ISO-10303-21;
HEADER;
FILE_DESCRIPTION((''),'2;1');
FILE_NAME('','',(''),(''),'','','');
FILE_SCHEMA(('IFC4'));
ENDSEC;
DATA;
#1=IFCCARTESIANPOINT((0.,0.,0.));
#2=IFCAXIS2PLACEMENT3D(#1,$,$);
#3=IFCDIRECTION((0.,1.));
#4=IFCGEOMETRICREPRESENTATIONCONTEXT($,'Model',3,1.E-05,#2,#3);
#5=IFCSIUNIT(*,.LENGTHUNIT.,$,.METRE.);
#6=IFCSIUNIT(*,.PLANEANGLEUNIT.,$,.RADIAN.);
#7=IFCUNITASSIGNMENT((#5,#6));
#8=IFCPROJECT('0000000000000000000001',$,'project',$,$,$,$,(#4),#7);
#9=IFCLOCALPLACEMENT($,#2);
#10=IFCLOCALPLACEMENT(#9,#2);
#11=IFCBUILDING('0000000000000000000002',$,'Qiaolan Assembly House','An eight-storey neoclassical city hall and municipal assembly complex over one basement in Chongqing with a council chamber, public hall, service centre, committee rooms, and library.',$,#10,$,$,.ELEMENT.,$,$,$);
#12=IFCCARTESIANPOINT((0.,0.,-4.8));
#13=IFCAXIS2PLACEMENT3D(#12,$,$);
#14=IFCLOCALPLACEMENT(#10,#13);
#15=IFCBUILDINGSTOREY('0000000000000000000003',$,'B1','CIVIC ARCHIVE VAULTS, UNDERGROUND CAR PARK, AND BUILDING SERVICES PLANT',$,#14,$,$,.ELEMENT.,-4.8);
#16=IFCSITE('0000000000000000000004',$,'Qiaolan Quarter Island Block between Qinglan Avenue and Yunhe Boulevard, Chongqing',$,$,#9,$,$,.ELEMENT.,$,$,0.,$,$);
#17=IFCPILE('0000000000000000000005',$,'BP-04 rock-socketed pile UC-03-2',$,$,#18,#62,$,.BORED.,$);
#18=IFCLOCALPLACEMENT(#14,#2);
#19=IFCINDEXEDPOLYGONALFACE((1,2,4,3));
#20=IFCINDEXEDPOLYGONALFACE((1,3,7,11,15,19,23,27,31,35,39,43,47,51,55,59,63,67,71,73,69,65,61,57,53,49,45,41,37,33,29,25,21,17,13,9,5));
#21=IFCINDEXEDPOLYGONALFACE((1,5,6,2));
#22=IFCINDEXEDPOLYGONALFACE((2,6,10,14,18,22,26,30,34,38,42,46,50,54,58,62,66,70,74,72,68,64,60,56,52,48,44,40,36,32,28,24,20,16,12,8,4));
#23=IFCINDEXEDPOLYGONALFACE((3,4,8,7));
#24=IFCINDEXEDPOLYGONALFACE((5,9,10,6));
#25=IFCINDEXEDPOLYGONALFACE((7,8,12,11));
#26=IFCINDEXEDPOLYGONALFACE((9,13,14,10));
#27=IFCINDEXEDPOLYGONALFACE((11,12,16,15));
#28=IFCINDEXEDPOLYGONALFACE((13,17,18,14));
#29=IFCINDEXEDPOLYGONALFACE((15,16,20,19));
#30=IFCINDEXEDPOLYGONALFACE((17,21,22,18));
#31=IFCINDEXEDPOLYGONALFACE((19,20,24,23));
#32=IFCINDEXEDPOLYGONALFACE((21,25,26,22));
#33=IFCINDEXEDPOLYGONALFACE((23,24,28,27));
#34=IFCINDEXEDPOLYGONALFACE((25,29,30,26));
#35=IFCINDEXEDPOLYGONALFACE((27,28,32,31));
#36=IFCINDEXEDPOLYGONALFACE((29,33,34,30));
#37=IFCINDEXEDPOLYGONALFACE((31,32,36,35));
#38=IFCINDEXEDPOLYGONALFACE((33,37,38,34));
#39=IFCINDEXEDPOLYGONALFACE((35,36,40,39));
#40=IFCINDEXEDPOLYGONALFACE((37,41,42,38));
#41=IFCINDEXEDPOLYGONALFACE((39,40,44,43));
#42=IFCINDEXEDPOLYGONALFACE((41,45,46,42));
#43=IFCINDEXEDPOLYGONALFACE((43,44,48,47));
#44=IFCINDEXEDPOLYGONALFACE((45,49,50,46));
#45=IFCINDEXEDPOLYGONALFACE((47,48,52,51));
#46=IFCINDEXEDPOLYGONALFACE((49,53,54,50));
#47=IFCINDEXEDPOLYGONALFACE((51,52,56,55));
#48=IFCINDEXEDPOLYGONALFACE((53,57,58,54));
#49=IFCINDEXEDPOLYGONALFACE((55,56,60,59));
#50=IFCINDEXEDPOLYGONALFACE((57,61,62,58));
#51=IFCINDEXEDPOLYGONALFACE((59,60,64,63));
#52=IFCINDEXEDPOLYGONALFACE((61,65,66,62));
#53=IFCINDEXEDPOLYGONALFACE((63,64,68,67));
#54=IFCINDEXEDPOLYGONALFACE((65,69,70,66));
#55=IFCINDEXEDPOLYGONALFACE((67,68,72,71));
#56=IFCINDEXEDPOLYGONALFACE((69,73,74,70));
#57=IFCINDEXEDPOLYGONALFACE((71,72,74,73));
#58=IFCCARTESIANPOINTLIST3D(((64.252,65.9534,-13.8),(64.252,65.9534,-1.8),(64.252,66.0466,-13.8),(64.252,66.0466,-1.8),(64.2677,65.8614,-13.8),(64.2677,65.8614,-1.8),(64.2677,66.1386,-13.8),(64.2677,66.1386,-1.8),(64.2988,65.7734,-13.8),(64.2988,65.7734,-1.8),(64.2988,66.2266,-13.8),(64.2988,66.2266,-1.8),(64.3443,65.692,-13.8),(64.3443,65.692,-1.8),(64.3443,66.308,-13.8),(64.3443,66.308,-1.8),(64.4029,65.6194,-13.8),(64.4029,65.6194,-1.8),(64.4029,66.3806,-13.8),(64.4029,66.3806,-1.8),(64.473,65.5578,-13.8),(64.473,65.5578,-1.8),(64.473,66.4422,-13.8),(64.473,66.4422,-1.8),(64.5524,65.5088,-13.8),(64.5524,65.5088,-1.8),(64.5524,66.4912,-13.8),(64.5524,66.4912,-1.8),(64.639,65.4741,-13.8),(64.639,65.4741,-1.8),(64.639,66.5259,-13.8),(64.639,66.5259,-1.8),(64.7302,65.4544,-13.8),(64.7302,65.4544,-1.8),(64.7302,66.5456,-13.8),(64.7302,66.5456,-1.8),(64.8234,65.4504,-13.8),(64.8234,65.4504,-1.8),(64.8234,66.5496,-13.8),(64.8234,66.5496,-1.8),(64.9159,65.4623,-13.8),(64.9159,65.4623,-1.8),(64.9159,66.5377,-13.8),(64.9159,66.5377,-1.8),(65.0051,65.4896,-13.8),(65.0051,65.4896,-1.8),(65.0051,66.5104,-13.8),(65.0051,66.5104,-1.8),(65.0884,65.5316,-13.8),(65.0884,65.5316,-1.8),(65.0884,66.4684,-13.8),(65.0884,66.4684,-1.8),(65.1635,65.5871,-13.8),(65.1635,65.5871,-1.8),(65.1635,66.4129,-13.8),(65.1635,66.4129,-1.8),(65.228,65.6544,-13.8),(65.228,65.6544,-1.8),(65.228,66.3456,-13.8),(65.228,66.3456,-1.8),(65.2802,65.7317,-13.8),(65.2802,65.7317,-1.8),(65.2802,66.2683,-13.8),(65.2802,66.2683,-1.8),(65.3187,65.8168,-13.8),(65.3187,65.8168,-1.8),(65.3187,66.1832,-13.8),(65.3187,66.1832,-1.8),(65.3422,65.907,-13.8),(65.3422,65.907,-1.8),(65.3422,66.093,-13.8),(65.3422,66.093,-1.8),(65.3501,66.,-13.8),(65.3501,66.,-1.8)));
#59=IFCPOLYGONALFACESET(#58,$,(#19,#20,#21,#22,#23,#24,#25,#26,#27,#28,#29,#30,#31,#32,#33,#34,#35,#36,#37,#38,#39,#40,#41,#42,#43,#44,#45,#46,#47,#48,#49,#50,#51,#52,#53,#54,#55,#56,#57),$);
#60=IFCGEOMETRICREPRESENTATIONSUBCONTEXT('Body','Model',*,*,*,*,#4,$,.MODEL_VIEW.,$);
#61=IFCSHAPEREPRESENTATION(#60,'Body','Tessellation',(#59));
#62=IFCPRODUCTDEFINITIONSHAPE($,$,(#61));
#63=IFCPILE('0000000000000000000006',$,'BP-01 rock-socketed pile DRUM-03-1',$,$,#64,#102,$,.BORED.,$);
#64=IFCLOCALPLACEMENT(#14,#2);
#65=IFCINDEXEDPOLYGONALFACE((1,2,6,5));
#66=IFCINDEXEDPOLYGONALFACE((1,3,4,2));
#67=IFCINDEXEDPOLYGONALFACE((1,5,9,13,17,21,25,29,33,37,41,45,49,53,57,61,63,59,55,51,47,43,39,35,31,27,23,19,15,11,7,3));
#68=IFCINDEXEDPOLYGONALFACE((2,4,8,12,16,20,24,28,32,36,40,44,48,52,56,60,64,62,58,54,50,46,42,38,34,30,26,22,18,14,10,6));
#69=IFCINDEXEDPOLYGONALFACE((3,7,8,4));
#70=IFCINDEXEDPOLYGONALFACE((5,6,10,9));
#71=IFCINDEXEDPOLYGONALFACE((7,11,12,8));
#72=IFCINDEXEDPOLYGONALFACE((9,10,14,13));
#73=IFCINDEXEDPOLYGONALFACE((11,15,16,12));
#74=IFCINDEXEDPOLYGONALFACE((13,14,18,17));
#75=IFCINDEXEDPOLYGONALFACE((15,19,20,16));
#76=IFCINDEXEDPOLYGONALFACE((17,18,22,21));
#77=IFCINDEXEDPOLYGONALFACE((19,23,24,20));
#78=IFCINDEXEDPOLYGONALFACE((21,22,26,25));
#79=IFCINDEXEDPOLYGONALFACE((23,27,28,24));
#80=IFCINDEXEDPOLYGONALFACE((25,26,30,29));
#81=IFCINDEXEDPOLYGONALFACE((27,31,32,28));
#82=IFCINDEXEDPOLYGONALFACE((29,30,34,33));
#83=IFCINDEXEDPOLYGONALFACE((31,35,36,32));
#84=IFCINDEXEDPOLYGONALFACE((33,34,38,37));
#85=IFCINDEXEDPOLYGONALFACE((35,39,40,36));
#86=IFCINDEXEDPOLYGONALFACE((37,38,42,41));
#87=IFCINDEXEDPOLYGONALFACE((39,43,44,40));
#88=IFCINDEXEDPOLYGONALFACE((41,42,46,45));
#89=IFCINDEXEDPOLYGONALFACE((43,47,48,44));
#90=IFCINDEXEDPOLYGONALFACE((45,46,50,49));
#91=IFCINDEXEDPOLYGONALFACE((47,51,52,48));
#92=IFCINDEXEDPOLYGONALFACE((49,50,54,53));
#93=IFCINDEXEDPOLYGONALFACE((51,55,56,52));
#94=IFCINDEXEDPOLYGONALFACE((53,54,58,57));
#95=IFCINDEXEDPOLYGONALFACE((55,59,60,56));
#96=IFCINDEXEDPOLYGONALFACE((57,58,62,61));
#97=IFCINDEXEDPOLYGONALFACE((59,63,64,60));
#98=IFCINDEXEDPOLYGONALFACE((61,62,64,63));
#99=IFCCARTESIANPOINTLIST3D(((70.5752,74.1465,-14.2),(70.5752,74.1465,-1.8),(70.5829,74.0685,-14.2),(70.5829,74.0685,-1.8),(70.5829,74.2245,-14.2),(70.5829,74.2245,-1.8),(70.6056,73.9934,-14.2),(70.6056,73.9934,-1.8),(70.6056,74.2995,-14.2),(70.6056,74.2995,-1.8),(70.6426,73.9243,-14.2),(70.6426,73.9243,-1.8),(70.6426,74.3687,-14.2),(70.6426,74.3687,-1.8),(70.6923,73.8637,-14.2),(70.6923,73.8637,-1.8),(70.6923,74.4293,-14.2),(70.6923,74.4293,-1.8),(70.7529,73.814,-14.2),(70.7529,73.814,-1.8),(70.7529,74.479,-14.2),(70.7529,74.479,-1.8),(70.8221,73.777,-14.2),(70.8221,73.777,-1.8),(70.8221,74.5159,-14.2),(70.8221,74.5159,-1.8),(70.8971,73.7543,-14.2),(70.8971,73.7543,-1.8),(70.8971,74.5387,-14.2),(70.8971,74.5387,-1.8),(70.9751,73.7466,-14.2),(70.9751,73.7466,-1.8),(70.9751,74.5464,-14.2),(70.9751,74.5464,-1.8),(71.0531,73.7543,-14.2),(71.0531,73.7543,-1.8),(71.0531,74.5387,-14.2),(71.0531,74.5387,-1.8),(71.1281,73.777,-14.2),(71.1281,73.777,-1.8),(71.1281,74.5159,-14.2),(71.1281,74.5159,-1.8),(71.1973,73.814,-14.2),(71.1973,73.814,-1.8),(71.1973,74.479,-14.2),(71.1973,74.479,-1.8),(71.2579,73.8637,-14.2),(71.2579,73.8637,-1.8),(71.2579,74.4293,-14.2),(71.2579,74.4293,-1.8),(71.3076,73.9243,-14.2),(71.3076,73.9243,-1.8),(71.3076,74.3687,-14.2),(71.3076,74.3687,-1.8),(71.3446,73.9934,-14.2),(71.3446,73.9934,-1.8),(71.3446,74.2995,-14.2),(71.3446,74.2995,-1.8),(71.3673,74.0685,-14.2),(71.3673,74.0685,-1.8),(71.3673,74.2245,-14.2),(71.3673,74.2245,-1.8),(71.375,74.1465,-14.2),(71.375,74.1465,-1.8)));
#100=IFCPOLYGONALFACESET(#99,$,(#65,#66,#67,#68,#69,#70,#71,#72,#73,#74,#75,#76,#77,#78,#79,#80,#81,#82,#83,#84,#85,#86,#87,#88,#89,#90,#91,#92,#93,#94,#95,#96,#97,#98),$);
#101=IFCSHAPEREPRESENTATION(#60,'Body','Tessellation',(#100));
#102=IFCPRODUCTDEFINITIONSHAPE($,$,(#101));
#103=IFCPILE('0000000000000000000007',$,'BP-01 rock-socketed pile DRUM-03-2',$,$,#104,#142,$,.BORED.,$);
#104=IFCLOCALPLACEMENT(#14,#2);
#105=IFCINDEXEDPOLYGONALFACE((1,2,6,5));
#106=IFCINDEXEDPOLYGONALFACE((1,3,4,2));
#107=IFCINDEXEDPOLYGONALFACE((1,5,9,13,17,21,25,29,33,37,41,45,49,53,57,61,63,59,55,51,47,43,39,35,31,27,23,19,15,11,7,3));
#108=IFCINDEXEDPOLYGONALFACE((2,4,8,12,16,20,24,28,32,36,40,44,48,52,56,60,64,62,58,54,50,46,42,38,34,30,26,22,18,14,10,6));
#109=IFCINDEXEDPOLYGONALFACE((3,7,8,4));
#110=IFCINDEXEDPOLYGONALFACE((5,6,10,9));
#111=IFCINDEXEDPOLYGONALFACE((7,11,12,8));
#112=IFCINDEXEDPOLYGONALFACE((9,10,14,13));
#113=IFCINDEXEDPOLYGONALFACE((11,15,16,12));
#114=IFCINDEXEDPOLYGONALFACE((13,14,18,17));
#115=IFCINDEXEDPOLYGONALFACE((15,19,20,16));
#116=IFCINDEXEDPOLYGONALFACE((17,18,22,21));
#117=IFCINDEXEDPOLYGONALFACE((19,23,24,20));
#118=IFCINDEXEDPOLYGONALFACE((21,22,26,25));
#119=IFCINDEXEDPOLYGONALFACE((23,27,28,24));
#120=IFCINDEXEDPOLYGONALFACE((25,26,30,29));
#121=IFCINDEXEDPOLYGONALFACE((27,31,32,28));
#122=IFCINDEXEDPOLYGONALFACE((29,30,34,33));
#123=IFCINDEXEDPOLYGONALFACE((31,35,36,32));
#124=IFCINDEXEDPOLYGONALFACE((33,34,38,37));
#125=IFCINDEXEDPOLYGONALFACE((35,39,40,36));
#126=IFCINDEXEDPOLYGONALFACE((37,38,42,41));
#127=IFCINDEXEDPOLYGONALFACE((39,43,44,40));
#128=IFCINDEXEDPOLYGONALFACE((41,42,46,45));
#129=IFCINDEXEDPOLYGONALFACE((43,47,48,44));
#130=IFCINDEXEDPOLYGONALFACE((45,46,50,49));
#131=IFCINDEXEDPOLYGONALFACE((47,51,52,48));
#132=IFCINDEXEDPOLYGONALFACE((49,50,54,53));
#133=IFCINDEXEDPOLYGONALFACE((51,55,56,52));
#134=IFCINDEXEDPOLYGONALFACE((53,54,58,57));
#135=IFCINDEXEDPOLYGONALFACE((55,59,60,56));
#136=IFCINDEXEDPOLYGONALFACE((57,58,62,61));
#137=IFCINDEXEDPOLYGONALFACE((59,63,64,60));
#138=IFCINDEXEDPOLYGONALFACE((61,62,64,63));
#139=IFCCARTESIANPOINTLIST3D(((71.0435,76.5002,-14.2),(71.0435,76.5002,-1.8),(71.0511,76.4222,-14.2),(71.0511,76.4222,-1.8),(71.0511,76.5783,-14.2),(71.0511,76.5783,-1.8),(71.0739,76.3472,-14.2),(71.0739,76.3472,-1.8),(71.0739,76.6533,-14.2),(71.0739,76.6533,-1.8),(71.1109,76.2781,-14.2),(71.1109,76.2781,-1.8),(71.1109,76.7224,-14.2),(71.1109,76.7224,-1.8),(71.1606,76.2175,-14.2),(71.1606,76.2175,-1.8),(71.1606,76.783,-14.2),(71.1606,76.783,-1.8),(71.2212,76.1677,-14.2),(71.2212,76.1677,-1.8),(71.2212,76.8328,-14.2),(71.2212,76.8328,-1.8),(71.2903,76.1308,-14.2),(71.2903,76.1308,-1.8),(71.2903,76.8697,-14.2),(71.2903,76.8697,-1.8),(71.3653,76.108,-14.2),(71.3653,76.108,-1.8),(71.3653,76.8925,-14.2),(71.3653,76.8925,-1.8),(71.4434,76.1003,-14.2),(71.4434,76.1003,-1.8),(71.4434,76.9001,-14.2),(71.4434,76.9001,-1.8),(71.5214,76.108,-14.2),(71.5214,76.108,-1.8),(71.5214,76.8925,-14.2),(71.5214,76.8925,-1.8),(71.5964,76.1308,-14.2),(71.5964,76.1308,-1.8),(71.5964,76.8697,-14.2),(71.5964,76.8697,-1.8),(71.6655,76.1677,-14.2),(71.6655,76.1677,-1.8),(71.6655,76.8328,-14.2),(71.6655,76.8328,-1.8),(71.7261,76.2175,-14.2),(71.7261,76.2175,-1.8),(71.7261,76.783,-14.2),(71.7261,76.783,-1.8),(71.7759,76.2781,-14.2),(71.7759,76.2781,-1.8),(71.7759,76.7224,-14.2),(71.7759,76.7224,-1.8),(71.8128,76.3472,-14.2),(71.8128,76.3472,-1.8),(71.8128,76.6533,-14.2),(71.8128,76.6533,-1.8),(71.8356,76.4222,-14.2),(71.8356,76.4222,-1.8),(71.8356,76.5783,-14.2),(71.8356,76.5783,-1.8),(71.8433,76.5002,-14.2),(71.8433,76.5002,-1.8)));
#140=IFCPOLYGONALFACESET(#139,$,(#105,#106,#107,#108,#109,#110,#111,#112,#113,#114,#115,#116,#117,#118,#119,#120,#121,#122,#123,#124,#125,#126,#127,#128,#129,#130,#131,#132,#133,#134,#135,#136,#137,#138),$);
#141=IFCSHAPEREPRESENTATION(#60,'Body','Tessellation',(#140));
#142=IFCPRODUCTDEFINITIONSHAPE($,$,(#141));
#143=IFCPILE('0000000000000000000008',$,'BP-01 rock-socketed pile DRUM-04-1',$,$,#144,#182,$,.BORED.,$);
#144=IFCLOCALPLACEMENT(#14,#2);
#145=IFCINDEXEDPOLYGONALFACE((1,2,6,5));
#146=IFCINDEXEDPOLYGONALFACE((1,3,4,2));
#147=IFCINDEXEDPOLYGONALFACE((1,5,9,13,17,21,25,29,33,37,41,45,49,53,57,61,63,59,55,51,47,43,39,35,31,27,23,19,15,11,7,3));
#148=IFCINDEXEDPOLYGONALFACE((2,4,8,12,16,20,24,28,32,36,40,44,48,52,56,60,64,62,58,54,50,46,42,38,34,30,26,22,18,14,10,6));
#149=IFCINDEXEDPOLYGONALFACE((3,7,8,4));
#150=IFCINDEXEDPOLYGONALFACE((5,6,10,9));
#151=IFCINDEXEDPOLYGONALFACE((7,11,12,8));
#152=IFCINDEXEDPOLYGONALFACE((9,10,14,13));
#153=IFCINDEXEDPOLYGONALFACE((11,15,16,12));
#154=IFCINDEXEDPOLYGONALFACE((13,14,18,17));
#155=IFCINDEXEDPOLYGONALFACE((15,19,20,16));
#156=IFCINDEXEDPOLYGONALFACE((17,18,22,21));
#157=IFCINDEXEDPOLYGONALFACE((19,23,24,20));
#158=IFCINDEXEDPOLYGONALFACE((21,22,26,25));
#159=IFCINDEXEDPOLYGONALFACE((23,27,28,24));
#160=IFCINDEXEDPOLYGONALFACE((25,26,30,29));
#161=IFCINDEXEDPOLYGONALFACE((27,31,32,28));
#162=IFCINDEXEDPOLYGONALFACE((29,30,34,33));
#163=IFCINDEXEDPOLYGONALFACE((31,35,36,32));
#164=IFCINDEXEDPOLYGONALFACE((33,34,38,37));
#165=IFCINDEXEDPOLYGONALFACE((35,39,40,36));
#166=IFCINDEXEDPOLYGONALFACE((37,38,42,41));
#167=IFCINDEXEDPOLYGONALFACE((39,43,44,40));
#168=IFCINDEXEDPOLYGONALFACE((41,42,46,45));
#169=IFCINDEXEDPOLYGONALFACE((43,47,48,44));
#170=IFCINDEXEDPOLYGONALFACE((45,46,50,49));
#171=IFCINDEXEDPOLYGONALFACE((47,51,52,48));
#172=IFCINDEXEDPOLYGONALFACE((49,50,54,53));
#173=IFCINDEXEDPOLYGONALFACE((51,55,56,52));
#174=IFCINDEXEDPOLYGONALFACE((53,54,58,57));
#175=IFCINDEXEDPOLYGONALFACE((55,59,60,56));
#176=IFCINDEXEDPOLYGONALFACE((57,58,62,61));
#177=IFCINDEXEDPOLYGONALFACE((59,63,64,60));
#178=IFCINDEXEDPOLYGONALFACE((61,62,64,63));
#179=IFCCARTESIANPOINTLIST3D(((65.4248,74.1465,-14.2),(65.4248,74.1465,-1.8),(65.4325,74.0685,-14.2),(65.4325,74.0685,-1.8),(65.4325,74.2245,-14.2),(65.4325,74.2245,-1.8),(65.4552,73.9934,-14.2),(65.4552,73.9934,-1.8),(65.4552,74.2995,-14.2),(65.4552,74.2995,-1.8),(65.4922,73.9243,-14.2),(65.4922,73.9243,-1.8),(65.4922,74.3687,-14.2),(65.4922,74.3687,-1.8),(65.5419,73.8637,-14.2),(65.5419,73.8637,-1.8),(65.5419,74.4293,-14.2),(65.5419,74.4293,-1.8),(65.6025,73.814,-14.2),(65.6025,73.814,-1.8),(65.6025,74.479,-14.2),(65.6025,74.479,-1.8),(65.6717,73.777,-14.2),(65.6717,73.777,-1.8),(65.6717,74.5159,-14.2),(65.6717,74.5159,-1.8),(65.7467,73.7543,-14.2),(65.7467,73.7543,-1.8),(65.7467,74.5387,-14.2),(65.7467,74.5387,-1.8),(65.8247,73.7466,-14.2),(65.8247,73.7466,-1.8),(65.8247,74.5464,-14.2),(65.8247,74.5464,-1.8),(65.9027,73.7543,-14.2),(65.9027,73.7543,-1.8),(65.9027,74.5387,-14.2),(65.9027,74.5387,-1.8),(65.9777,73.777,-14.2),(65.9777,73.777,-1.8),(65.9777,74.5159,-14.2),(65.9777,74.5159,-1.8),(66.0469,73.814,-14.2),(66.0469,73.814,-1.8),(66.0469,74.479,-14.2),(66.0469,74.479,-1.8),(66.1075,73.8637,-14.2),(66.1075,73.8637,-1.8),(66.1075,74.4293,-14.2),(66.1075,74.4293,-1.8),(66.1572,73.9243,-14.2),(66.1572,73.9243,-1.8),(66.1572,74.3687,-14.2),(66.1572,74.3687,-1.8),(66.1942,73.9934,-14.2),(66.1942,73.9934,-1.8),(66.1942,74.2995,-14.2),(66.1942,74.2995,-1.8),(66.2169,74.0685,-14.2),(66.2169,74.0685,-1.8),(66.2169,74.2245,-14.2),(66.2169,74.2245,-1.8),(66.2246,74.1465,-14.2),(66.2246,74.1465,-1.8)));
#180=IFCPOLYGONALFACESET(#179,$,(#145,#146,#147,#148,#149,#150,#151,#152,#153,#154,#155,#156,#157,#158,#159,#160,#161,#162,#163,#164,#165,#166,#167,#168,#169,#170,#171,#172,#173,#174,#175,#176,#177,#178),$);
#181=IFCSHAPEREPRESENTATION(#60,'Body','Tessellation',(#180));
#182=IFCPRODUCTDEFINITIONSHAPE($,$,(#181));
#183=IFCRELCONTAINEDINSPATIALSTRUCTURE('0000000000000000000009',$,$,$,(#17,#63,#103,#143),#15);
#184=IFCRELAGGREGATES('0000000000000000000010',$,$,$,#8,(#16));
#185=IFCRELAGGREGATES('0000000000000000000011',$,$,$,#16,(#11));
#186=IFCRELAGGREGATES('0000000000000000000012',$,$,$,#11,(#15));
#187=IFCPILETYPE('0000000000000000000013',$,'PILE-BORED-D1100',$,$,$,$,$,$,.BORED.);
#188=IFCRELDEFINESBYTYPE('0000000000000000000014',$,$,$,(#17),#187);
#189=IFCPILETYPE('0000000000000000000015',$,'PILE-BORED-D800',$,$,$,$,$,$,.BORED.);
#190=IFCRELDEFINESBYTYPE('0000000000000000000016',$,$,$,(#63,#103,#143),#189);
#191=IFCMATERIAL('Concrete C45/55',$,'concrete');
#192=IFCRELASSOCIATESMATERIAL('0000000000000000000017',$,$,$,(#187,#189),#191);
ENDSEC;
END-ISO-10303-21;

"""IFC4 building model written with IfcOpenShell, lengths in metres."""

from ifc_helpers import new_model, si_unit, direction, frame, origin, origin_2d, place, context, subcontext, project, spatial, circle, extrude, material, material_profile, profile_set, type_object, element, save


model = new_model("IFC4")

# Units and contexts
model_context = context("Model", 3, precision=1e-05, world=origin(), true_north=direction((0.0, 1.0)))
body_context = subcontext(model_context, "Body", "Model", "MODEL_VIEW")
ifc_project = project(units=[si_unit("LENGTHUNIT", "METRE"), si_unit("PLANEANGLEUNIT", "RADIAN")], contexts=[model_context])

# Site, building, storey
site_placement = place(None, origin())
site = spatial("IfcSite", under=ifc_project, at=site_placement, Name="Qiaolan Quarter Island Block between Qinglan Avenue and Yunhe Boulevard, Chongqing", CompositionType="ELEMENT", RefElevation=0.0)
building_placement = place(site_placement, origin())
building = spatial("IfcBuilding", under=site, at=building_placement, Name="Qiaolan Assembly House", Description="An eight-storey neoclassical city hall and municipal assembly complex over one basement in Chongqing with a council chamber, public hall, service centre, committee rooms, and library.", CompositionType="ELEMENT")
storey_placement = place(building_placement, frame((0.0, 0.0, -4.8)))
storey = spatial("IfcBuildingStorey", under=building, at=storey_placement, Name="B1", Description="CIVIC ARCHIVE VAULTS, UNDERGROUND CAR PARK, AND BUILDING SERVICES PLANT", CompositionType="ELEMENT", Elevation=-4.8)

# Piles
ifc_material_1 = material(Name="Concrete C45/55", Category="concrete")
ifc_material_profile_1 = material_profile(ifc_material_1, circle(Radius=0.55, at=origin_2d()), Name="PILE D1100")
ifc_profile_set_1 = profile_set([ifc_material_profile_1], Name="Concrete C45/55")
pile_type_1 = type_object("IfcPileType", Name="PILE-BORED-D1100", PredefinedType="BORED", material=ifc_profile_set_1)
for number, where, z_axis, x_axis, name in (
    (1, (64.8, 66.0, -1.8), (0.0, 0.0, -1.0), (1.0, 0.0, 0.0), "BP-04 rock-socketed pile UC-03-2"),
):
    element("IfcPile", number, at=place(storey_placement, frame(where, z_axis=z_axis, x_axis=x_axis)), inside=storey, type_object=pile_type_1, Name=name, PredefinedType="BORED", context=body_context, shape_type="SweptSolid", body=[
        extrude(circle(Radius=0.55, at=origin_2d()), origin(), (0.0, 0.0, 1.0), 12.0),
    ])
ifc_material_profile_2 = material_profile(ifc_material_1, circle(Radius=0.3999, at=origin_2d()), Name="PILE D800")
ifc_profile_set_2 = profile_set([ifc_material_profile_2], Name="Concrete C45/55")
pile_type_2 = type_object("IfcPileType", Name="PILE-BORED-D800", PredefinedType="BORED", material=ifc_profile_set_2)
for number, where, z_axis, x_axis, name in (
    (2, (70.9751, 74.1465, -1.8), (0.0, 0.0, -1.0), (1.0, 0.0, 0.0), "BP-01 rock-socketed pile DRUM-03-1"),
    (3, (71.4434, 76.5002, -1.8), (0.0, 0.0, -1.0), (1.0, 0.0, 0.0), "BP-01 rock-socketed pile DRUM-03-2"),
    (4, (65.8247, 74.1465, -1.8), (0.0, 0.0, -1.0), (1.0, 0.0, 0.0), "BP-01 rock-socketed pile DRUM-04-1"),
):
    element("IfcPile", number, at=place(storey_placement, frame(where, z_axis=z_axis, x_axis=x_axis)), inside=storey, type_object=pile_type_2, Name=name, PredefinedType="BORED", context=body_context, shape_type="SweptSolid", body=[
        extrude(circle(Radius=0.3999, at=origin_2d()), origin(), (0.0, 0.0, 1.0), 12.3999),
    ])

save(model, "model.ifc")
